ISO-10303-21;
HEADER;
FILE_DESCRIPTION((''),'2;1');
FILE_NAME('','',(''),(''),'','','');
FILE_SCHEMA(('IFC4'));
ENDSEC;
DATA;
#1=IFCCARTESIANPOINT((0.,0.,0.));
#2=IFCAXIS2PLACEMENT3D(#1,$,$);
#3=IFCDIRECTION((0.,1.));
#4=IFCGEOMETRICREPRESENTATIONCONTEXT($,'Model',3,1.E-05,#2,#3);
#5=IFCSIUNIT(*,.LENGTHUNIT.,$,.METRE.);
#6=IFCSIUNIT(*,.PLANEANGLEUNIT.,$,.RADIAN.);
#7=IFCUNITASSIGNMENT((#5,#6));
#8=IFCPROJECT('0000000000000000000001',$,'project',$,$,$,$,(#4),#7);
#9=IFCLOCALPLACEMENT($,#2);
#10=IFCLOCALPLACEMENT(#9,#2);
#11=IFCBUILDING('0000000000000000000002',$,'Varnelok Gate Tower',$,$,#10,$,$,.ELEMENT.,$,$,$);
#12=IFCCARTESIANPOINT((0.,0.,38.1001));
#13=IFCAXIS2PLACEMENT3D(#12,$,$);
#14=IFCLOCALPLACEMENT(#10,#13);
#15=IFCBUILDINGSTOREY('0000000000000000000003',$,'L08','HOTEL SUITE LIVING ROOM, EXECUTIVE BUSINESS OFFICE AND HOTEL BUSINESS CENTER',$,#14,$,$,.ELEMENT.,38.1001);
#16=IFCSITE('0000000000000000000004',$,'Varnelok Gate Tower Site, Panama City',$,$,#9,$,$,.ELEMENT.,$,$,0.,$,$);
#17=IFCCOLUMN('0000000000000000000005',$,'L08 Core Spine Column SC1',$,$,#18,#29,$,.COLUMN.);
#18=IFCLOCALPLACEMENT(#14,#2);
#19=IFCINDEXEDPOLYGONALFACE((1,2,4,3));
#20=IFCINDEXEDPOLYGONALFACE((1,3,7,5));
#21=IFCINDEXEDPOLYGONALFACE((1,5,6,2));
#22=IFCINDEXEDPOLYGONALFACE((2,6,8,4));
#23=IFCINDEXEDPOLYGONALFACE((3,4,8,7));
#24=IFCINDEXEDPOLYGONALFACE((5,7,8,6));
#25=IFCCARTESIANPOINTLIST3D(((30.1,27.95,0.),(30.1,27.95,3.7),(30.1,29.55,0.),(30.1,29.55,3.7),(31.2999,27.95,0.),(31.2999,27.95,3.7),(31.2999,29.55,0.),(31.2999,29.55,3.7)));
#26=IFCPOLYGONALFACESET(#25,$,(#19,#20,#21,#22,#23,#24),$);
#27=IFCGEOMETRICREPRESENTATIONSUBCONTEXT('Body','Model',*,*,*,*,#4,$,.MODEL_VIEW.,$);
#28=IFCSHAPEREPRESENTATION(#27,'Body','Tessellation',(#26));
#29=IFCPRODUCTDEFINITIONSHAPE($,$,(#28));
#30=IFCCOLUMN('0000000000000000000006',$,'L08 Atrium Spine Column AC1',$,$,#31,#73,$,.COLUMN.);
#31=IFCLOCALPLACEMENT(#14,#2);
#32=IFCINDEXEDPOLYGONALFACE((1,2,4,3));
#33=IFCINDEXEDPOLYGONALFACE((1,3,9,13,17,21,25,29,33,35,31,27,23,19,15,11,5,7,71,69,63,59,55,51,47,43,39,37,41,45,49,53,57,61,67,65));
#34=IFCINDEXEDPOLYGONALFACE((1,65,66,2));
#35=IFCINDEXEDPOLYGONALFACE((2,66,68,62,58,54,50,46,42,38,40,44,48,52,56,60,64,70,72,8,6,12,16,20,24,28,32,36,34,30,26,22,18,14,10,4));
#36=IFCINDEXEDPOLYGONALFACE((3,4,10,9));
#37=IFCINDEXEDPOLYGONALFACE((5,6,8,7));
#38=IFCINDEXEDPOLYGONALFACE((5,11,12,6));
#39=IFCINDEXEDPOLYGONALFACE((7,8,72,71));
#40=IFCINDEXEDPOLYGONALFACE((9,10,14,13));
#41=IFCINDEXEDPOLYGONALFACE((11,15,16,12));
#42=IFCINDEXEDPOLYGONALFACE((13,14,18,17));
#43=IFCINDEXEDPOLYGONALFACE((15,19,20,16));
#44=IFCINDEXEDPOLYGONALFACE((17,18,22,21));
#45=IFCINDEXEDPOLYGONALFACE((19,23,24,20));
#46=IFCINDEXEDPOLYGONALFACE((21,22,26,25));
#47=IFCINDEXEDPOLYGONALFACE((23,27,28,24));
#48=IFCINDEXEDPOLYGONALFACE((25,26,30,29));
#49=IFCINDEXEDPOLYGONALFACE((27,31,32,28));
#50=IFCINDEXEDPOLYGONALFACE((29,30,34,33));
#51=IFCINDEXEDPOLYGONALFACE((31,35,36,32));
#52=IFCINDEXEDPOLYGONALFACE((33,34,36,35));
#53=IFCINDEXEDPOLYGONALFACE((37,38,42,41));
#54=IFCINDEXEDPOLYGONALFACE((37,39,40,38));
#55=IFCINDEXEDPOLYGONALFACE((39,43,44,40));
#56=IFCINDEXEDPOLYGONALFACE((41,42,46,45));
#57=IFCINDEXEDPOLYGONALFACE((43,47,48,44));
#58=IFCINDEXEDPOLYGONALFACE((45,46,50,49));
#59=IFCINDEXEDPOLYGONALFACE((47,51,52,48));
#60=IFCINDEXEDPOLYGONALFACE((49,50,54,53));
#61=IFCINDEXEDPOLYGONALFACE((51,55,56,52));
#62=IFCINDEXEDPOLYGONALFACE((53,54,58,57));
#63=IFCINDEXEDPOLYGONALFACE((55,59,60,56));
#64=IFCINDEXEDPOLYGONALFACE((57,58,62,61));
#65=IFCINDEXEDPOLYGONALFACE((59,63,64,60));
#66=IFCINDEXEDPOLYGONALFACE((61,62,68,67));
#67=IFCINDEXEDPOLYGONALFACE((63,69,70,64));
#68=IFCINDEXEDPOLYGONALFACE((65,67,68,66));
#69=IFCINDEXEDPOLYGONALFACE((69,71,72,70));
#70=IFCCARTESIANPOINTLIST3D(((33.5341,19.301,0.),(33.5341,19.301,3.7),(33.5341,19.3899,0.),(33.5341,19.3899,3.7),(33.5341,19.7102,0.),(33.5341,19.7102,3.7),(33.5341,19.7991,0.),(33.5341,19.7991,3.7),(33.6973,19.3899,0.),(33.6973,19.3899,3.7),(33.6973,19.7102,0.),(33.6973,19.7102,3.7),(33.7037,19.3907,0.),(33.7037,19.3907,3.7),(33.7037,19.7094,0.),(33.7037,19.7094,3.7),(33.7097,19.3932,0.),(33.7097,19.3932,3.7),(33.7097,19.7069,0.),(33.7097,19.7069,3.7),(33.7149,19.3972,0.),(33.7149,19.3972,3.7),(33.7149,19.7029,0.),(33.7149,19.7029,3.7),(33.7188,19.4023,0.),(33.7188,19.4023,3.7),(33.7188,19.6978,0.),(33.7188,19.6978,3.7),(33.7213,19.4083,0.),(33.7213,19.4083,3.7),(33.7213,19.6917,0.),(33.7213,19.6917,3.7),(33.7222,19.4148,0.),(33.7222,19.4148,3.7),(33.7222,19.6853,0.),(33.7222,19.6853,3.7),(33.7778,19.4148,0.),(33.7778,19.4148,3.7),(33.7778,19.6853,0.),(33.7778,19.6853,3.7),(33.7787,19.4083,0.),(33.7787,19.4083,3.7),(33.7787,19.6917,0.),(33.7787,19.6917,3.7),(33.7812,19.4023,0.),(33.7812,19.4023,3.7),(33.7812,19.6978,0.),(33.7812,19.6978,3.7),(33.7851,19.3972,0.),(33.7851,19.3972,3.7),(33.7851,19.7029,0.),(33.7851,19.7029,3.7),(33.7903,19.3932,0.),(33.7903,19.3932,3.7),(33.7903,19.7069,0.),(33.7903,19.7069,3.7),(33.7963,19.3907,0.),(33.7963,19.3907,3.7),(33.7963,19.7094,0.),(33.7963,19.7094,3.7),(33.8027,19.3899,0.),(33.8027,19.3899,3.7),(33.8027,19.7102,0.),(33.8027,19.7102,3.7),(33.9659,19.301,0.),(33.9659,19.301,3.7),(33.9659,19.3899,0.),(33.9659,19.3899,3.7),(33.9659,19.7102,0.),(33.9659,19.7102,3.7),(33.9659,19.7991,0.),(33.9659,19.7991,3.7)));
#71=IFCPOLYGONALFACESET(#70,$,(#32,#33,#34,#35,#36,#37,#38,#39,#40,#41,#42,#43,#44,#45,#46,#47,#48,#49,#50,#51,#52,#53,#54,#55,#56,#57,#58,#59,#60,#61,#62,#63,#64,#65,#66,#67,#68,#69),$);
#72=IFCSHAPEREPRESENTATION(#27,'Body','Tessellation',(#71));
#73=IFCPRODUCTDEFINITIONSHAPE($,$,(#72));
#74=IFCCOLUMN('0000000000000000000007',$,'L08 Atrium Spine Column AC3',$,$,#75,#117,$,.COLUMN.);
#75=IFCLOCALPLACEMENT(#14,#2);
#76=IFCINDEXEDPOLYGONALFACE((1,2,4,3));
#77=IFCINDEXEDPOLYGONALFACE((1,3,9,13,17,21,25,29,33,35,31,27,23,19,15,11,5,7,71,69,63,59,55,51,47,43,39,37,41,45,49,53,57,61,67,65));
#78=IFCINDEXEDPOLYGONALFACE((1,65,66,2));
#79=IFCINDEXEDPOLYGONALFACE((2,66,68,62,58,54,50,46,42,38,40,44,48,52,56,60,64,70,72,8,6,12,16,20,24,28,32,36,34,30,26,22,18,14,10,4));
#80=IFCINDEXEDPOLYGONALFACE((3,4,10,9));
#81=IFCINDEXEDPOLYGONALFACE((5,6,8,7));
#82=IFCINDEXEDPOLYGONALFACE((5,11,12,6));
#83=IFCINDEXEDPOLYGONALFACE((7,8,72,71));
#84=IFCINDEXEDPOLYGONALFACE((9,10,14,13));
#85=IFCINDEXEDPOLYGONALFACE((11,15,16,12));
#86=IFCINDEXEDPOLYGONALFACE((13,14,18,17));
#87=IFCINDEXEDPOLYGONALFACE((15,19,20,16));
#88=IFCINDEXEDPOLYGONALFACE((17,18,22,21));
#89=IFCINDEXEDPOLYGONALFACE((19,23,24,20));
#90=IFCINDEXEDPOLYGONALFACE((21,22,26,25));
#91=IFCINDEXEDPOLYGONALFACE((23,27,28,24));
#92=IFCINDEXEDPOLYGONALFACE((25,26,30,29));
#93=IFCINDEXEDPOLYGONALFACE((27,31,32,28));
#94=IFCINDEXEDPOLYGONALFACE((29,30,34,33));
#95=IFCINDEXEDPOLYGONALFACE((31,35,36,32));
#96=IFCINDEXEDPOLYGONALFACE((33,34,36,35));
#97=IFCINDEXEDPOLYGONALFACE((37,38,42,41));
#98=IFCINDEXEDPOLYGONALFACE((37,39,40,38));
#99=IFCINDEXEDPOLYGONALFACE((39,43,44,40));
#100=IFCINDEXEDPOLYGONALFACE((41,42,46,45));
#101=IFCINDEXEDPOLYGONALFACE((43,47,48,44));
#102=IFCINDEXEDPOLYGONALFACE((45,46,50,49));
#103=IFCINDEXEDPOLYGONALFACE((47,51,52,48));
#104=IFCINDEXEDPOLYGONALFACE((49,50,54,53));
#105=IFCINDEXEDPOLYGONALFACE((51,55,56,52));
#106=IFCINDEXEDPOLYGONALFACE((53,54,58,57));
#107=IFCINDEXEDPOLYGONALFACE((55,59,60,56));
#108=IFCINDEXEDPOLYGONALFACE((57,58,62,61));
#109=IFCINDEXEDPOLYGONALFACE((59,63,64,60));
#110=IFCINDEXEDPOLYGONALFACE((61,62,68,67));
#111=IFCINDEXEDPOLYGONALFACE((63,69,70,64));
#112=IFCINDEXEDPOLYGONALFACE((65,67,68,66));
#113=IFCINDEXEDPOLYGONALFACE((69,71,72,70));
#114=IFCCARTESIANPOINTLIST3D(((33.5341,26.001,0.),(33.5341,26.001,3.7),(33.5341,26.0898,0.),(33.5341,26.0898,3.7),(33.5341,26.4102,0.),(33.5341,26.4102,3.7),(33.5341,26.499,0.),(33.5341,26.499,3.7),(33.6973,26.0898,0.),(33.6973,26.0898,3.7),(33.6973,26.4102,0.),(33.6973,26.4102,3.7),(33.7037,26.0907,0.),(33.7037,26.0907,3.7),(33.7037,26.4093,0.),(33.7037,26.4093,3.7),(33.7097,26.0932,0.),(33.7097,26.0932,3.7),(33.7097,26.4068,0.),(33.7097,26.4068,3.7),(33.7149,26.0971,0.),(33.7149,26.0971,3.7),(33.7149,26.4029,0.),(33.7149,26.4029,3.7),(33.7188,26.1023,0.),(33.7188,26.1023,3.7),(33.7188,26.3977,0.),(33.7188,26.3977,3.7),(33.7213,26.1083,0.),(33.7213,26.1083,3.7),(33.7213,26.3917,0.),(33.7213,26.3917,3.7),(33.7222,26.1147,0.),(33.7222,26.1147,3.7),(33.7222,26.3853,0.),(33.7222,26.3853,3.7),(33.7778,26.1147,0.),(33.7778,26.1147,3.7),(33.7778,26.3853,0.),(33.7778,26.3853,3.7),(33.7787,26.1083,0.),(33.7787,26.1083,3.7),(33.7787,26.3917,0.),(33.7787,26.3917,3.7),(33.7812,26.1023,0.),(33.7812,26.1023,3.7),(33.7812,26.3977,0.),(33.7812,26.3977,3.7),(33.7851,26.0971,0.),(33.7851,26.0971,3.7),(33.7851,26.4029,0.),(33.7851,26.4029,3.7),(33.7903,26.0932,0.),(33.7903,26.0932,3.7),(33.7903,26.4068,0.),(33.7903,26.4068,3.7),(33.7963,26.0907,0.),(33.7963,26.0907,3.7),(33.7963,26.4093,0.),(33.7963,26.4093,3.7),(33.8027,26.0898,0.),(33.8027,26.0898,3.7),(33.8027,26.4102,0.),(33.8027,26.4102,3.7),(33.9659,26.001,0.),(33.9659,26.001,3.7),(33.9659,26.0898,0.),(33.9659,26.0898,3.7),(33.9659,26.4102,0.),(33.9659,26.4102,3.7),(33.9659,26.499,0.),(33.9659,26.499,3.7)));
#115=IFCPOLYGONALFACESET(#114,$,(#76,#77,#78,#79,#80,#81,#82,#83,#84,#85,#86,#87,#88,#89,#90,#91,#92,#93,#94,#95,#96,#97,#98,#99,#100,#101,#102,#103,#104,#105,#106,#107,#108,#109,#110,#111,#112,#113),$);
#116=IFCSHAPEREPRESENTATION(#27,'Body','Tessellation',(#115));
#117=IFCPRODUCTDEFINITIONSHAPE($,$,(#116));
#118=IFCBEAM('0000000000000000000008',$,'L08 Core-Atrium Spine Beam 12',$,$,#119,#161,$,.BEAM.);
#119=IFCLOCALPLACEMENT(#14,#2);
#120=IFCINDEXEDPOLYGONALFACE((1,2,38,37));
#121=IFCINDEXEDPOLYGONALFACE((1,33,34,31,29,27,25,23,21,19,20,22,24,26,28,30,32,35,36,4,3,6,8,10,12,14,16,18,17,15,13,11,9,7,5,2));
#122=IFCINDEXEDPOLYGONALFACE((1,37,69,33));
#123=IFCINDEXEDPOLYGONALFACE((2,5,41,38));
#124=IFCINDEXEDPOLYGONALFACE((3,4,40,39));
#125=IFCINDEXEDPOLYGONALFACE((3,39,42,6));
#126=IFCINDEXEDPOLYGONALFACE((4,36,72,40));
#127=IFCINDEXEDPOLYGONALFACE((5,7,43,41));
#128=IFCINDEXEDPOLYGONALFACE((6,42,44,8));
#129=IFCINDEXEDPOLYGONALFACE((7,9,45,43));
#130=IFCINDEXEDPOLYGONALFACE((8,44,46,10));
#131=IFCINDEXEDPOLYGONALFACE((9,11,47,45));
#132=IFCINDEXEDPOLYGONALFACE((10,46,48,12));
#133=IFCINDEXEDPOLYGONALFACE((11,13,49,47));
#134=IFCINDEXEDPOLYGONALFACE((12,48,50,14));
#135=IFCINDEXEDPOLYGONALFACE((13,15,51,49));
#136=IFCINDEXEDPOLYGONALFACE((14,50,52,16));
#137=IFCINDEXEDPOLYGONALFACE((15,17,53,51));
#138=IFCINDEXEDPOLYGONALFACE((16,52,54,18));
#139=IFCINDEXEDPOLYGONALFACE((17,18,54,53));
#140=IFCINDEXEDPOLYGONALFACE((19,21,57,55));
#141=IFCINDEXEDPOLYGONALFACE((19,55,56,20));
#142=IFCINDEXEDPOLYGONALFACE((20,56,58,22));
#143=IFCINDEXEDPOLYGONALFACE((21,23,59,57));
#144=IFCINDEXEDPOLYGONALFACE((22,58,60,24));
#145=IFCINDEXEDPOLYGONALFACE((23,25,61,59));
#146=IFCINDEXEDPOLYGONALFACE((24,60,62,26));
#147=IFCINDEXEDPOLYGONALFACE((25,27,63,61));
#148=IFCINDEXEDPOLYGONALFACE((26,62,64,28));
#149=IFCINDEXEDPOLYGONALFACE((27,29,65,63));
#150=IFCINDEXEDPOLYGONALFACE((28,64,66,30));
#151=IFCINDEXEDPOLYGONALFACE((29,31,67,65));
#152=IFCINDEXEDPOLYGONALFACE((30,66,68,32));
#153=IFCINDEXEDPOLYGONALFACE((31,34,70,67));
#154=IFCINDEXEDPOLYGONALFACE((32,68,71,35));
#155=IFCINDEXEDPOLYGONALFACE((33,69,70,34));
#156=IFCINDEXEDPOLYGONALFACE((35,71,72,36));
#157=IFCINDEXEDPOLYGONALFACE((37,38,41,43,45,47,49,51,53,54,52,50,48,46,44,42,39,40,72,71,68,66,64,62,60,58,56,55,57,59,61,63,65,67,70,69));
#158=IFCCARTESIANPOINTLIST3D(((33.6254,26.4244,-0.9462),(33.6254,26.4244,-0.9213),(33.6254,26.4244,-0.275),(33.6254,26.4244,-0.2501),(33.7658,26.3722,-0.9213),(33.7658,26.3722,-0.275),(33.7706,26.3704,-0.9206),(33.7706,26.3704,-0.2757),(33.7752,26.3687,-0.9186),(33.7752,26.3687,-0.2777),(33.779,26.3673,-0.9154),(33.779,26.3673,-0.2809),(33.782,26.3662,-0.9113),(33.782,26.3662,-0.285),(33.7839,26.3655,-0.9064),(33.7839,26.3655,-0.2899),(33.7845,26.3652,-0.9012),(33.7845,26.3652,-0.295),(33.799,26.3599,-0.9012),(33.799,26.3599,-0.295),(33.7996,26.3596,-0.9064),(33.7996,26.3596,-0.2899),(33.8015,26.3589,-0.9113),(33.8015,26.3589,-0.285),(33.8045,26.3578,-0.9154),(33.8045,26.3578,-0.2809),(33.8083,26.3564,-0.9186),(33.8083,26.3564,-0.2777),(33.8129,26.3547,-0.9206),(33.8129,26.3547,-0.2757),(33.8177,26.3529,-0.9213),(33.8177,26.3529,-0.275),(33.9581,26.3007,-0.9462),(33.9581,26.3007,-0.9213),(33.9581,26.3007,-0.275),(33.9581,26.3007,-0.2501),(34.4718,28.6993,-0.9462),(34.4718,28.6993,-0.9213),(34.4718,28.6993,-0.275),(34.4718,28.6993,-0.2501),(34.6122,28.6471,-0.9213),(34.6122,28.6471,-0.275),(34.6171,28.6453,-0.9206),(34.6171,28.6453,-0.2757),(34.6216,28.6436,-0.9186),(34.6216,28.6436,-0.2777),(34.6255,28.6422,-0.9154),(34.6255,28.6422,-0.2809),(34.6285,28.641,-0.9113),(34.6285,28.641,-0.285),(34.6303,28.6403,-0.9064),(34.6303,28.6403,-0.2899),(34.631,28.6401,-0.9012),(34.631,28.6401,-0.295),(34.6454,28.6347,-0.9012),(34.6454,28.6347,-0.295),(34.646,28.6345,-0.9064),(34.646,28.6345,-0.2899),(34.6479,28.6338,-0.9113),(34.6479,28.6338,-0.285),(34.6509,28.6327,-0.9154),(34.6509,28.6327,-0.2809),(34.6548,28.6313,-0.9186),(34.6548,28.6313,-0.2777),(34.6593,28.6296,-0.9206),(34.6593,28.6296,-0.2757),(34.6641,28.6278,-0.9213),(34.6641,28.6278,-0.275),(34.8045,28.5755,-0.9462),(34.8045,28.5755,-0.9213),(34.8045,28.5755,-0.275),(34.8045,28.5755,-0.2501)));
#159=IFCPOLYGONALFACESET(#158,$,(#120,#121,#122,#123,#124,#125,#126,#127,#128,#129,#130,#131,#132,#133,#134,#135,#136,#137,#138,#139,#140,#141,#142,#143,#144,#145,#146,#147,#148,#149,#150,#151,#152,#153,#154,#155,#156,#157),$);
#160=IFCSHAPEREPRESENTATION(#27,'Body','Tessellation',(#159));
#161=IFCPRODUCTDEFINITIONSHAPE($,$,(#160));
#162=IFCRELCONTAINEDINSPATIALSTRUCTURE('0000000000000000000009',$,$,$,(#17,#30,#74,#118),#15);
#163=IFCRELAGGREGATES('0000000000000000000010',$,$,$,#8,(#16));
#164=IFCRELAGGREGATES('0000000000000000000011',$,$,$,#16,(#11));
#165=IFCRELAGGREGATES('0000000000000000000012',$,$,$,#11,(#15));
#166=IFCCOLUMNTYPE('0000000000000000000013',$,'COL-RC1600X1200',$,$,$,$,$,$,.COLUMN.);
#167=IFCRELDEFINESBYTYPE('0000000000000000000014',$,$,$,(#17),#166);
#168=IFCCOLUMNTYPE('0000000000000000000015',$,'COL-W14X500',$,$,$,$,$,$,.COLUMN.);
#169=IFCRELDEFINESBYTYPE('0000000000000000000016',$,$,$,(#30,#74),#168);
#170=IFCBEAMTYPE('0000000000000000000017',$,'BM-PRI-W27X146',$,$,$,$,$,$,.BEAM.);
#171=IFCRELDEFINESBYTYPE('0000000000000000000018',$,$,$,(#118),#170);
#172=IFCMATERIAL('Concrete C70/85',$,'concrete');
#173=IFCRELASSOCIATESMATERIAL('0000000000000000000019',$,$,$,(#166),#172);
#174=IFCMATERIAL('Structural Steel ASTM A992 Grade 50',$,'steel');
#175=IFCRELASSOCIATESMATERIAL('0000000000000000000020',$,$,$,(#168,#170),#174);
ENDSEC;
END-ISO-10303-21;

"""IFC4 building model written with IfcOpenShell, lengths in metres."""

from ifc_helpers import new_model, si_unit, direction, frame, origin, origin_2d, place, context, subcontext, project, spatial, rectangle, i_section, extrude, material, material_profile, profile_set, type_object, element, save


model = new_model("IFC4")

# Units and contexts
model_context = context("Model", 3, precision=1e-05, world=origin(), true_north=direction((0.0, 1.0)))
body_context = subcontext(model_context, "Body", "Model", "MODEL_VIEW")
ifc_project = project(units=[si_unit("LENGTHUNIT", "METRE"), si_unit("PLANEANGLEUNIT", "RADIAN")], contexts=[model_context])

# Site, building, storey
site_placement = place(None, origin())
site = spatial("IfcSite", under=ifc_project, at=site_placement, Name="Varnelok Gate Tower Site, Panama City", CompositionType="ELEMENT", RefElevation=0.0)
building_placement = place(site_placement, origin())
building = spatial("IfcBuilding", under=site, at=building_placement, Name="Varnelok Gate Tower", CompositionType="ELEMENT")
storey_placement = place(building_placement, frame((0.0, 0.0, 38.1001)))
storey = spatial("IfcBuildingStorey", under=building, at=storey_placement, Name="L08", Description="HOTEL SUITE LIVING ROOM, EXECUTIVE BUSINESS OFFICE AND HOTEL BUSINESS CENTER", CompositionType="ELEMENT", Elevation=38.1001)

# Columns
ifc_material_1 = material(Name="Concrete C70/85", Category="concrete")
ifc_material_profile_1 = material_profile(ifc_material_1, rectangle(XDim=1.2, YDim=1.6001, at=origin_2d()), Name="RC1600X1200")
ifc_profile_set_1 = profile_set([ifc_material_profile_1], Name="Concrete C70/85")
column_type_1 = type_object("IfcColumnType", Name="COL-RC1600X1200", PredefinedType="COLUMN", material=ifc_profile_set_1)
column_placement = place(storey_placement, frame((30.7, 28.75, 0.0), z_axis=(0.0, 0.0, 1.0), x_axis=(1.0, 0.0, 0.0)))
element("IfcColumn", 1, at=column_placement, inside=storey, type_object=column_type_1, Name="L08 Core Spine Column SC1", PredefinedType="COLUMN", context=body_context, shape_type="SweptSolid", body=[
    extrude(rectangle(XDim=1.2, YDim=1.6001, at=origin_2d()), origin(), (0.0, 0.0, 1.0), 3.7),
])
ifc_material_2 = material(Name="Structural Steel ASTM A992 Grade 50", Category="steel")
ifc_material_profile_2 = material_profile(ifc_material_2, i_section(OverallWidth=0.4319, OverallDepth=0.498, WebThickness=0.0557, FlangeThickness=0.0889, FilletRadius=0.0249, at=origin_2d()), Name="W14X500")
ifc_profile_set_2 = profile_set([ifc_material_profile_2], Name="Structural Steel ASTM A992 Grade 50")
column_type_2 = type_object("IfcColumnType", Name="COL-W14X500", PredefinedType="COLUMN", material=ifc_profile_set_2)
for number, where, z_axis, x_axis, name in (
    (2, (33.75, 19.55, 0.0), (0.0, 0.0, 1.0), (1.0, 0.0, 0.0), "L08 Atrium Spine Column AC1"),
    (3, (33.75, 26.25, 0.0), (0.0, 0.0, 1.0), (1.0, 0.0, 0.0), "L08 Atrium Spine Column AC3"),
):
    element("IfcColumn", number, at=place(storey_placement, frame(where, z_axis=z_axis, x_axis=x_axis)), inside=storey, type_object=column_type_2, Name=name, PredefinedType="COLUMN", context=body_context, shape_type="SweptSolid", body=[
        extrude(i_section(OverallWidth=0.4319, OverallDepth=0.498, WebThickness=0.0557, FlangeThickness=0.0889, FilletRadius=0.0249, at=origin_2d()), origin(), (0.0, 0.0, 1.0), 3.7),
    ])

# Beam
ifc_material_profile_3 = material_profile(ifc_material_2, i_section(OverallWidth=0.355, OverallDepth=0.696, WebThickness=0.0154, FlangeThickness=0.0249, FilletRadius=0.02, at=origin_2d()), Name="W27X146")
ifc_profile_set_3 = profile_set([ifc_material_profile_3], Name="Structural Steel ASTM A992 Grade 50")
beam_type_1 = type_object("IfcBeamType", Name="BM-PRI-W27X146", PredefinedType="BEAM", material=ifc_profile_set_3)
beam_1_placement = place(storey_placement, frame((33.7917, 26.3625, -0.5981), z_axis=(0.348719, 0.937227, 0.0), x_axis=(-0.937227, 0.348719, 0.0)))
element("IfcBeam", 4, at=beam_1_placement, inside=storey, type_object=beam_type_1, Name="L08 Core-Atrium Spine Beam 12", PredefinedType="BEAM", context=body_context, shape_type="SweptSolid", body=[
    extrude(i_section(OverallWidth=0.355, OverallDepth=0.696, WebThickness=0.0154, FlangeThickness=0.0249, FilletRadius=0.02, at=origin_2d()), origin(), (0.0, 0.0, 1.0), 2.4272),
])

save(model, "model.ifc")
